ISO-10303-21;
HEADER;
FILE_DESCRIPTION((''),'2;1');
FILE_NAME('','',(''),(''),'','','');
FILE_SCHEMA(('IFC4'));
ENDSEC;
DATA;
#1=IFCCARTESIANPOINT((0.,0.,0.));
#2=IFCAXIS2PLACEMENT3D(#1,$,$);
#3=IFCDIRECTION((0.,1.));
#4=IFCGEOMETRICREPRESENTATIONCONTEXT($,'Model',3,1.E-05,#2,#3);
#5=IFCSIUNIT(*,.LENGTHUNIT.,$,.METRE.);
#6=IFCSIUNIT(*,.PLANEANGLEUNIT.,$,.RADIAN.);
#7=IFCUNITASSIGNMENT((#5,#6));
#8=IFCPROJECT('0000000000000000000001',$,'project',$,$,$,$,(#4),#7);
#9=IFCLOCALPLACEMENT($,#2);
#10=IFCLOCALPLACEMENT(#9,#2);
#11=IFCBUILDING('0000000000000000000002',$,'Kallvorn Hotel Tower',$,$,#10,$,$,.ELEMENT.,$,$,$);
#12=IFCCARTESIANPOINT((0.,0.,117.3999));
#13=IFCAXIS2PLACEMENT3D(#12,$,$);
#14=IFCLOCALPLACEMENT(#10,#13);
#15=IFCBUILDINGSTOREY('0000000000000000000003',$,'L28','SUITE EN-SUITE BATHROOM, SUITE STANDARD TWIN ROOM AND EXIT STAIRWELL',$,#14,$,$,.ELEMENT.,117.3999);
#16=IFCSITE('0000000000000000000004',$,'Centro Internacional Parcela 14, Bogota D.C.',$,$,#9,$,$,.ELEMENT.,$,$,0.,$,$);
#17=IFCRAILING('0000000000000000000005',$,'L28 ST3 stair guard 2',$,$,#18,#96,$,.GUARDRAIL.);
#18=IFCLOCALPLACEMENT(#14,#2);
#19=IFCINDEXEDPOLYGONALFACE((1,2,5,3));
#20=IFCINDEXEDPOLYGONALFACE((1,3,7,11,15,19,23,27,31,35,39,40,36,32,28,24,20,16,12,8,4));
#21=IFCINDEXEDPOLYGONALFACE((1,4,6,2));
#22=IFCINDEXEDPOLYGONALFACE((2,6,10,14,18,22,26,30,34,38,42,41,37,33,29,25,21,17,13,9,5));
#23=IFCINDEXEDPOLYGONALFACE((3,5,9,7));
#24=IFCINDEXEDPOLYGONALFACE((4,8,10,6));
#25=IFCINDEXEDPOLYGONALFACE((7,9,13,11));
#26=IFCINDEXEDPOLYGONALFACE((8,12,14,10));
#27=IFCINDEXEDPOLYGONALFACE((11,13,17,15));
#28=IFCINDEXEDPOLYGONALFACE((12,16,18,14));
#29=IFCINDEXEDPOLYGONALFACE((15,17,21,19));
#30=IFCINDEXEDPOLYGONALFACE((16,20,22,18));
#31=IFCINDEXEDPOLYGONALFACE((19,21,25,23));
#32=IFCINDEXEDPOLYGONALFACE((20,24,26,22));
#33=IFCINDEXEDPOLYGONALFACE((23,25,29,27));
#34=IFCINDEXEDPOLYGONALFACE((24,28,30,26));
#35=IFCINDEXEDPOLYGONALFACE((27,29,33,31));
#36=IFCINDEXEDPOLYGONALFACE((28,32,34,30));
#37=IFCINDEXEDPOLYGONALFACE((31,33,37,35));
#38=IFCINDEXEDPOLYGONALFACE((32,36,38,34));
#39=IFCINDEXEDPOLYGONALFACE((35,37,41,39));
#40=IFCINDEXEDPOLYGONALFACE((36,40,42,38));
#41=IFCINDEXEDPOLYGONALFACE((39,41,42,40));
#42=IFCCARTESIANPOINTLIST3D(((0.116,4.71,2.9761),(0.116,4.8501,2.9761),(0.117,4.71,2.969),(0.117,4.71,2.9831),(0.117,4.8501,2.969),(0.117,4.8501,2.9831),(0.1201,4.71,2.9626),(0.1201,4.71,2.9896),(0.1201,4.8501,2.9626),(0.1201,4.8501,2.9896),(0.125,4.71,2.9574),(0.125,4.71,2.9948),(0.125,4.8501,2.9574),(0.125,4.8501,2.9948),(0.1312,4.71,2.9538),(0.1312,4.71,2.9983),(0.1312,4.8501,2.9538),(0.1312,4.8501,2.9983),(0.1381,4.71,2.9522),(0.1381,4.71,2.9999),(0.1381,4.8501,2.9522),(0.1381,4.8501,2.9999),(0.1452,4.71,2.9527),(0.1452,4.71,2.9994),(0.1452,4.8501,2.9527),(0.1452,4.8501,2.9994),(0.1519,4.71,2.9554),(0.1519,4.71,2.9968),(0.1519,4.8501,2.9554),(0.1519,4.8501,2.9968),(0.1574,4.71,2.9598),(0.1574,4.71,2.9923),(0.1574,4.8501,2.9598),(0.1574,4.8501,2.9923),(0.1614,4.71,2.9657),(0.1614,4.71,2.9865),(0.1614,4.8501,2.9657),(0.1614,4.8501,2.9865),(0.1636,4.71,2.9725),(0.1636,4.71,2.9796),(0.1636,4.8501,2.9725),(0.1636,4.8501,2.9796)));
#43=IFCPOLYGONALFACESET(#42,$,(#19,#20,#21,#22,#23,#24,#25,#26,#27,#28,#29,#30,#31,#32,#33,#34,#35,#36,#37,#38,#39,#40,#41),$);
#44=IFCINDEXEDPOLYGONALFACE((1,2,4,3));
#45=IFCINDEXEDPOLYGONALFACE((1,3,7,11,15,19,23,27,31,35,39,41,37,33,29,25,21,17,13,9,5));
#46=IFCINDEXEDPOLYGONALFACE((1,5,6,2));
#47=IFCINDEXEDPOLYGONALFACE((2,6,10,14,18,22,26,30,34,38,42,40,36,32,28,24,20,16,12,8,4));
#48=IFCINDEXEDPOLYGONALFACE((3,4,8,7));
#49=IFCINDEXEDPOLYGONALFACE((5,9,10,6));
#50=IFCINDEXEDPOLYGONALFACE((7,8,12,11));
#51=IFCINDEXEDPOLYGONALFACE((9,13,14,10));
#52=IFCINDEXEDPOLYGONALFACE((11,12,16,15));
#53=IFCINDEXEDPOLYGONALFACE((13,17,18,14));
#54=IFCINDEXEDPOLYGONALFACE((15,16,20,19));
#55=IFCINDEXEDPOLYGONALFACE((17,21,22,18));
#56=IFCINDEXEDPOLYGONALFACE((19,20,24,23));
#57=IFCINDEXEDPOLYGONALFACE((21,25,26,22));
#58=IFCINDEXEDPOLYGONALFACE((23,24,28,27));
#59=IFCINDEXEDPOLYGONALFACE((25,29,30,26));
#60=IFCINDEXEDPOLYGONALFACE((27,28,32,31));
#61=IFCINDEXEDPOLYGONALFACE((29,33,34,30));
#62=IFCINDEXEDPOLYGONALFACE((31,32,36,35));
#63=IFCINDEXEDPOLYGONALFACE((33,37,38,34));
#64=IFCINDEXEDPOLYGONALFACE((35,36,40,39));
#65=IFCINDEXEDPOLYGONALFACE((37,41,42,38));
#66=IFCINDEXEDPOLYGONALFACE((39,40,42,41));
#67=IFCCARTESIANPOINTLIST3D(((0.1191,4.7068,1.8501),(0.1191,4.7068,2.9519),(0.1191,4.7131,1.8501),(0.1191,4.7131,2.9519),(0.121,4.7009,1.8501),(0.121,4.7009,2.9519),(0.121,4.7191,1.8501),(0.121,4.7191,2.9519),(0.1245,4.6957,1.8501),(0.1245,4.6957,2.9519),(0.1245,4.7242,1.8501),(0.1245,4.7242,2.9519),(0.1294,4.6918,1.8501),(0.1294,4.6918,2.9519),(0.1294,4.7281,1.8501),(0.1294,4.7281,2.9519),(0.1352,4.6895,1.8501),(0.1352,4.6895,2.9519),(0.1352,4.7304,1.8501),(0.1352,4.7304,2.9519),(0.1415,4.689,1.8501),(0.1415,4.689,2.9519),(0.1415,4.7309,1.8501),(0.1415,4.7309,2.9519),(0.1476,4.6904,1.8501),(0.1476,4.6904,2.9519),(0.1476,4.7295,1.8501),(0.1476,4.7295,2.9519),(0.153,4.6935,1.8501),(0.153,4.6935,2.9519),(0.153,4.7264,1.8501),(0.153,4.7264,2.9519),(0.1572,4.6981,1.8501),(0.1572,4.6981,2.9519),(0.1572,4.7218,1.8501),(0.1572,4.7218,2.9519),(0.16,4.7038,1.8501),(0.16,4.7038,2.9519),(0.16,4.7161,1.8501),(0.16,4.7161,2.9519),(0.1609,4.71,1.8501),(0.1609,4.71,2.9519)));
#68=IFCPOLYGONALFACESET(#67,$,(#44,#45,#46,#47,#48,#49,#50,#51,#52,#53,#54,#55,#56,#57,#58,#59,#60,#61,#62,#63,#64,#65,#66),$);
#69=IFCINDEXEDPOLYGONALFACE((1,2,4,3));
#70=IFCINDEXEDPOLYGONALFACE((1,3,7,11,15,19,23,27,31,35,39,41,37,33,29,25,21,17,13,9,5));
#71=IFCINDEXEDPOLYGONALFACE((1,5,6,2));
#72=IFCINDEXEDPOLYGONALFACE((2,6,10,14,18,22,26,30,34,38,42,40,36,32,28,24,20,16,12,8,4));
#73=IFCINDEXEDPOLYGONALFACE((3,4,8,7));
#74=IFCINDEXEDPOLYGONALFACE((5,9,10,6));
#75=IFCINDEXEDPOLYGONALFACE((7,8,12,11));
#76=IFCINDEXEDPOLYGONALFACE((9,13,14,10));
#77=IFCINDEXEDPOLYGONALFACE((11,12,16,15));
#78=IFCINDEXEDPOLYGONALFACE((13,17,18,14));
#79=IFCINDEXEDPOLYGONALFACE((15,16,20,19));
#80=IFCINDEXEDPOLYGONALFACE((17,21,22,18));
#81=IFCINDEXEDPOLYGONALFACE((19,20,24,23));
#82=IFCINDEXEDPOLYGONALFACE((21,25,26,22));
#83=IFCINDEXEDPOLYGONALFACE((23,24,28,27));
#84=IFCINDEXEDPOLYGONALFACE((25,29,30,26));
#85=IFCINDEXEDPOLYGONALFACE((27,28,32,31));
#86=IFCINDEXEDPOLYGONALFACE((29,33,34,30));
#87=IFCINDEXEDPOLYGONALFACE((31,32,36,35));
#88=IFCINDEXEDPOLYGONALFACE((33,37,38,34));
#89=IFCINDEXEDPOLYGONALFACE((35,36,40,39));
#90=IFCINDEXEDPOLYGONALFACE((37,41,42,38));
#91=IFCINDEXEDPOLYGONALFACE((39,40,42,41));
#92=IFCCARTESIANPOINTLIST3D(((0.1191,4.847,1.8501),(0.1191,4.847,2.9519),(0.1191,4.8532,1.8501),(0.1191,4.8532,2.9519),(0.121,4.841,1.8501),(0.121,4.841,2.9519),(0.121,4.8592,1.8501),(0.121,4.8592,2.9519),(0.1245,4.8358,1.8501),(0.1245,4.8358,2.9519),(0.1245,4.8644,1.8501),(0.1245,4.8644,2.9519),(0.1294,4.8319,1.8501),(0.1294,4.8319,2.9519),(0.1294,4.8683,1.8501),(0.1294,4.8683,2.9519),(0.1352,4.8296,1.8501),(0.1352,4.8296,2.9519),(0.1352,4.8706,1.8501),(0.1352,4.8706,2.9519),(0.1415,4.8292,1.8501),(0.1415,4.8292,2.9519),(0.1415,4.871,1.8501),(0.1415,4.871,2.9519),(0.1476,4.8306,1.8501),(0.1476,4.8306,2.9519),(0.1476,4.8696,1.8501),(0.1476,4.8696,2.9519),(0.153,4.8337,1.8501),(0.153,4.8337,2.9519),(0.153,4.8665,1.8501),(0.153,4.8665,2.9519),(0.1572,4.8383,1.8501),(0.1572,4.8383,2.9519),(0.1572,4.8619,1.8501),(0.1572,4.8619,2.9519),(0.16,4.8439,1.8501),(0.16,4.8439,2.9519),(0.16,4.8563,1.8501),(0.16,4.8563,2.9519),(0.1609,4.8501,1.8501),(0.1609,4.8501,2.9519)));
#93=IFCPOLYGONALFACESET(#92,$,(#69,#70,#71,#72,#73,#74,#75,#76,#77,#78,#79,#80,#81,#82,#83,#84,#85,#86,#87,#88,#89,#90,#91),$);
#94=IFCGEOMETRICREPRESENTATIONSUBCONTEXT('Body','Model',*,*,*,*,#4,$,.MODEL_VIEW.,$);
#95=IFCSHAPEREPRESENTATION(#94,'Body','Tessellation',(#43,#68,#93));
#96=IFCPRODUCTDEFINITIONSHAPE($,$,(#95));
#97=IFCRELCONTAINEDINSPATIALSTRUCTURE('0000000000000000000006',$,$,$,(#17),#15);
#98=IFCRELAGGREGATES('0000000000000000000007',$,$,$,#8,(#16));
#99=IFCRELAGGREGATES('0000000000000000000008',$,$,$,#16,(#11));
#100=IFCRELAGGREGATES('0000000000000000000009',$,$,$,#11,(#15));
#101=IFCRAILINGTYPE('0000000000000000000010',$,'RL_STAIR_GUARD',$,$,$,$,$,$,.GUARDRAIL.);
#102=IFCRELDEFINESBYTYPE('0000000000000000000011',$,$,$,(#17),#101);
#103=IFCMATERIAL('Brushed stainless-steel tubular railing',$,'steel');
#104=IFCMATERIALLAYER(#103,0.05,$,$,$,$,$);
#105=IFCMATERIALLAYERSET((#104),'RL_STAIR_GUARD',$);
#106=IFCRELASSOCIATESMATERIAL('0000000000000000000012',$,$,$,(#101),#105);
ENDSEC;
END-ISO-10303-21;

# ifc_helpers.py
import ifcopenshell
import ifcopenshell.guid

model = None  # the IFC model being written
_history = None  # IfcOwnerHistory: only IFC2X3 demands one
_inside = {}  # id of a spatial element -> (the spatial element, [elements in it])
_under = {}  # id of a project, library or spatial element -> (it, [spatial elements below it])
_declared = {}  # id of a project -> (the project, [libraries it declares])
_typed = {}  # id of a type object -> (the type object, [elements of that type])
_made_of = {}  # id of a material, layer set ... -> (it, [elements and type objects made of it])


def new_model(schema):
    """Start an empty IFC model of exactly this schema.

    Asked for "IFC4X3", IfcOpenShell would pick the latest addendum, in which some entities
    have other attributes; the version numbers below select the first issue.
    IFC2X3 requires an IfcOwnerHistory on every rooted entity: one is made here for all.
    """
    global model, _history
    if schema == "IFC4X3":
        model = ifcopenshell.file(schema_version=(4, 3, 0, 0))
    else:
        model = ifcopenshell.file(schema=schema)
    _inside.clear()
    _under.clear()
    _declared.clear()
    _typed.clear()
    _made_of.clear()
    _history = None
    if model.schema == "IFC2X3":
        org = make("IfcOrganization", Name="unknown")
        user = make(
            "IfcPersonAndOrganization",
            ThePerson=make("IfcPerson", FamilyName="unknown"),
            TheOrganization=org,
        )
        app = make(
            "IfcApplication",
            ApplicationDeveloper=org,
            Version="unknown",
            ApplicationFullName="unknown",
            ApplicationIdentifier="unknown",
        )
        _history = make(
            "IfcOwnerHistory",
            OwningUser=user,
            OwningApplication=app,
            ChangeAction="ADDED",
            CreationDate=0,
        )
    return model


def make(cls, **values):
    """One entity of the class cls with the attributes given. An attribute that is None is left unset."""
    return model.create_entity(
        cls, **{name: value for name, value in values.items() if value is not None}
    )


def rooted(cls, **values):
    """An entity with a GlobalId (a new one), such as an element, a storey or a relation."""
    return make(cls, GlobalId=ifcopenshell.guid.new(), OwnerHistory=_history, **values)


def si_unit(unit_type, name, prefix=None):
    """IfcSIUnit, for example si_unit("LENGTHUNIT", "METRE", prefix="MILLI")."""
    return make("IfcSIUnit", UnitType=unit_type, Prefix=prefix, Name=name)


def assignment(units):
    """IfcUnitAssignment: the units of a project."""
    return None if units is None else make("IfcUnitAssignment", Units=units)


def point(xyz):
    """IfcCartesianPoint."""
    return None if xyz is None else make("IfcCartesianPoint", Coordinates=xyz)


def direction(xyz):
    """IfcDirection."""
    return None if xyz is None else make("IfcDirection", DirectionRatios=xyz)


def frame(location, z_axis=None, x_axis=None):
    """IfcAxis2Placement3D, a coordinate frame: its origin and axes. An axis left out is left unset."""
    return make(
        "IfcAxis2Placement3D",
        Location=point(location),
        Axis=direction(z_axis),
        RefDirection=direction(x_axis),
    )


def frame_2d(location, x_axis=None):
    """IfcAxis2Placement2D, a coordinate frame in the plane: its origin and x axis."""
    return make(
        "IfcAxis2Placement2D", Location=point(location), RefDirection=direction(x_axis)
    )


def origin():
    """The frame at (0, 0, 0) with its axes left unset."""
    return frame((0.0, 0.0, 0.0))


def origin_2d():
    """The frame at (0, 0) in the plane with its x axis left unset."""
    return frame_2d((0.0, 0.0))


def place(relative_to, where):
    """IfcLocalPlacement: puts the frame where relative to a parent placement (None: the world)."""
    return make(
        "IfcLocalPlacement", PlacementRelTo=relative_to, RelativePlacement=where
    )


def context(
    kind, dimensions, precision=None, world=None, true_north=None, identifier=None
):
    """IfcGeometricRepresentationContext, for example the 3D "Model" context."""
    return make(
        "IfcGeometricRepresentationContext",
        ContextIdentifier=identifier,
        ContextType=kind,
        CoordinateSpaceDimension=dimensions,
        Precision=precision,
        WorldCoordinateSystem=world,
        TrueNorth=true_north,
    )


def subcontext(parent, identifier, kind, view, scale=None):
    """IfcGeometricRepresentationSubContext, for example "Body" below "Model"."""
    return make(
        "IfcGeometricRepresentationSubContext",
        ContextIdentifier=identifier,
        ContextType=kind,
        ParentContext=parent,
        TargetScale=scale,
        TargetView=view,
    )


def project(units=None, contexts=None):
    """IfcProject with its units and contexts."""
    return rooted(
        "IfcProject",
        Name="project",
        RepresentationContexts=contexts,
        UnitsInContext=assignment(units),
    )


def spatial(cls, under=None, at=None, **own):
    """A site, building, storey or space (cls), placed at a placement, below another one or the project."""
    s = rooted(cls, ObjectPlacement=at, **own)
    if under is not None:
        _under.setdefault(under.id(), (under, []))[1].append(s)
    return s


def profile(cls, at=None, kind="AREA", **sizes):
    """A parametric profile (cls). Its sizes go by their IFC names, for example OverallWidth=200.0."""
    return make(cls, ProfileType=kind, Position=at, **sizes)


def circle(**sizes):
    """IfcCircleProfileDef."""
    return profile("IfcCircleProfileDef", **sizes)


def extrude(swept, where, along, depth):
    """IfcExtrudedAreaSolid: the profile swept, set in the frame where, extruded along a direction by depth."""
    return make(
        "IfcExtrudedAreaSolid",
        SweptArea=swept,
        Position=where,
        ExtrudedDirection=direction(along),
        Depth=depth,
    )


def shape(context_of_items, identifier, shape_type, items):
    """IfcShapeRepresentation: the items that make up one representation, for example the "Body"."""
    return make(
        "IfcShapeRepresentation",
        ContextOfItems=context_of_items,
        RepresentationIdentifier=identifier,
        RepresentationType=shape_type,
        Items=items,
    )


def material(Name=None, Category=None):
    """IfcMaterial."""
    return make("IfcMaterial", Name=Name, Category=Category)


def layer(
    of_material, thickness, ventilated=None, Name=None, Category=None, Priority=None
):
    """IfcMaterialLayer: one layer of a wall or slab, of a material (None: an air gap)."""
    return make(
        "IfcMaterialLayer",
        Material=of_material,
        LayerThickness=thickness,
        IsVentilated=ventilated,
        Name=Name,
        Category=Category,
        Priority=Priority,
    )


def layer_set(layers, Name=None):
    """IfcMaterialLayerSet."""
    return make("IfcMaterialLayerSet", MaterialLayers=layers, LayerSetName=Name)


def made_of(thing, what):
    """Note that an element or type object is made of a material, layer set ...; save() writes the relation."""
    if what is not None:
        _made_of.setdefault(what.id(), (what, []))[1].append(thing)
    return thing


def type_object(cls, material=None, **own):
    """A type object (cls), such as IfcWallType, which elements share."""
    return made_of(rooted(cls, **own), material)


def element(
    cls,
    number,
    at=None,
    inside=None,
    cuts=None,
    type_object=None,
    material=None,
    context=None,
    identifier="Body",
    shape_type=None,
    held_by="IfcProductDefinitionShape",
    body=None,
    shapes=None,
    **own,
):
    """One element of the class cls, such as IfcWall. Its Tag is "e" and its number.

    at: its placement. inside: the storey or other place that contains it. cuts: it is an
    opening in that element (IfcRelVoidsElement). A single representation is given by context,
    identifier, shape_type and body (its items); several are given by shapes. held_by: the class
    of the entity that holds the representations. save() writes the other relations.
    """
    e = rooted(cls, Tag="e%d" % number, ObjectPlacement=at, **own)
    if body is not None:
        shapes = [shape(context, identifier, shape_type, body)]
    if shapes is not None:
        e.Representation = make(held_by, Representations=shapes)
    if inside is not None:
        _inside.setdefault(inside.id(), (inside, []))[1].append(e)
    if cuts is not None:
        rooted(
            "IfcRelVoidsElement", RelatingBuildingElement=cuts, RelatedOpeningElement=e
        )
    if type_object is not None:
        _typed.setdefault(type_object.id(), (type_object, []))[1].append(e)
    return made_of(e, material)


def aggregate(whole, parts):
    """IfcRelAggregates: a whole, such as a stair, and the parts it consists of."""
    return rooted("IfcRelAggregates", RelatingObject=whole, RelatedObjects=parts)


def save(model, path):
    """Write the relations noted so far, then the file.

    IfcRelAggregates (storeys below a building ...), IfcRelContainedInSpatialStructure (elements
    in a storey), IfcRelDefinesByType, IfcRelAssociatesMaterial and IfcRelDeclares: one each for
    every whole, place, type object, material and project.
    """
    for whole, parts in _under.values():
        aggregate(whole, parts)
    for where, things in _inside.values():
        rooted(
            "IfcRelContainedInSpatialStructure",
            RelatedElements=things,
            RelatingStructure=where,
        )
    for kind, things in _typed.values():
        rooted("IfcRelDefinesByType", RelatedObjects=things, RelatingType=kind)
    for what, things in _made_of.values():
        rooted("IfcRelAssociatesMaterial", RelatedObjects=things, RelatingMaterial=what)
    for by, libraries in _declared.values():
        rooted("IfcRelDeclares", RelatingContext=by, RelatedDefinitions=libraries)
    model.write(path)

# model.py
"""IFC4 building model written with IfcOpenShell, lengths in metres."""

from ifc_helpers import new_model, si_unit, direction, frame, origin, origin_2d, place, context, subcontext, project, spatial, circle, extrude, material, layer, layer_set, type_object, element, save


model = new_model("IFC4")

# Units and contexts
model_context = context("Model", 3, precision=1e-05, world=origin(), true_north=direction((0.0, 1.0)))
body_context = subcontext(model_context, "Body", "Model", "MODEL_VIEW")
ifc_project = project(units=[si_unit("LENGTHUNIT", "METRE"), si_unit("PLANEANGLEUNIT", "RADIAN")], contexts=[model_context])

# Site, building, storey
site_placement = place(None, origin())
site = spatial("IfcSite", under=ifc_project, at=site_placement, Name="Centro Internacional Parcela 14, Bogota D.C.", CompositionType="ELEMENT", RefElevation=0.0)
building_placement = place(site_placement, origin())
building = spatial("IfcBuilding", under=site, at=building_placement, Name="Kallvorn Hotel Tower", CompositionType="ELEMENT")
storey_placement = place(building_placement, frame((0.0, 0.0, 117.3999)))
storey = spatial("IfcBuildingStorey", under=building, at=storey_placement, Name="L28", Description="SUITE EN-SUITE BATHROOM, SUITE STANDARD TWIN ROOM AND EXIT STAIRWELL", CompositionType="ELEMENT", Elevation=117.3999)

# Railing
ifc_material_1 = material(Name="Brushed stainless-steel tubular railing", Category="steel")
ifc_layer_1 = layer(ifc_material_1, 0.05)
ifc_layer_set_1 = layer_set([ifc_layer_1], Name="RL_STAIR_GUARD")
railing_type_1 = type_object("IfcRailingType", Name="RL_STAIR_GUARD", PredefinedType="GUARDRAIL", material=ifc_layer_set_1)
railing_1_placement = place(storey_placement, frame((0.1399, 4.71, 1.8501)))
element("IfcRailing", 1, at=railing_1_placement, inside=storey, type_object=railing_type_1, Name="L28 ST3 stair guard 2", PredefinedType="GUARDRAIL", context=body_context, shape_type="SweptSolid", body=[
    extrude(circle(Radius=0.0239, at=origin_2d()), frame((0.0, 0.0, 1.126), z_axis=(0.0, 1.0, 0.0), x_axis=(-1.0, 0.0, 0.0)), (0.0, 0.0, 1.0), 0.1401),
    extrude(circle(Radius=0.021, at=origin_2d()), origin(), (0.0, 0.0, 1.0), 1.1018),
    extrude(circle(Radius=0.021, at=origin_2d()), frame((0.0, 0.1401, 0.0)), (0.0, 0.0, 1.0), 1.1018),
])

save(model, "model.ifc")
